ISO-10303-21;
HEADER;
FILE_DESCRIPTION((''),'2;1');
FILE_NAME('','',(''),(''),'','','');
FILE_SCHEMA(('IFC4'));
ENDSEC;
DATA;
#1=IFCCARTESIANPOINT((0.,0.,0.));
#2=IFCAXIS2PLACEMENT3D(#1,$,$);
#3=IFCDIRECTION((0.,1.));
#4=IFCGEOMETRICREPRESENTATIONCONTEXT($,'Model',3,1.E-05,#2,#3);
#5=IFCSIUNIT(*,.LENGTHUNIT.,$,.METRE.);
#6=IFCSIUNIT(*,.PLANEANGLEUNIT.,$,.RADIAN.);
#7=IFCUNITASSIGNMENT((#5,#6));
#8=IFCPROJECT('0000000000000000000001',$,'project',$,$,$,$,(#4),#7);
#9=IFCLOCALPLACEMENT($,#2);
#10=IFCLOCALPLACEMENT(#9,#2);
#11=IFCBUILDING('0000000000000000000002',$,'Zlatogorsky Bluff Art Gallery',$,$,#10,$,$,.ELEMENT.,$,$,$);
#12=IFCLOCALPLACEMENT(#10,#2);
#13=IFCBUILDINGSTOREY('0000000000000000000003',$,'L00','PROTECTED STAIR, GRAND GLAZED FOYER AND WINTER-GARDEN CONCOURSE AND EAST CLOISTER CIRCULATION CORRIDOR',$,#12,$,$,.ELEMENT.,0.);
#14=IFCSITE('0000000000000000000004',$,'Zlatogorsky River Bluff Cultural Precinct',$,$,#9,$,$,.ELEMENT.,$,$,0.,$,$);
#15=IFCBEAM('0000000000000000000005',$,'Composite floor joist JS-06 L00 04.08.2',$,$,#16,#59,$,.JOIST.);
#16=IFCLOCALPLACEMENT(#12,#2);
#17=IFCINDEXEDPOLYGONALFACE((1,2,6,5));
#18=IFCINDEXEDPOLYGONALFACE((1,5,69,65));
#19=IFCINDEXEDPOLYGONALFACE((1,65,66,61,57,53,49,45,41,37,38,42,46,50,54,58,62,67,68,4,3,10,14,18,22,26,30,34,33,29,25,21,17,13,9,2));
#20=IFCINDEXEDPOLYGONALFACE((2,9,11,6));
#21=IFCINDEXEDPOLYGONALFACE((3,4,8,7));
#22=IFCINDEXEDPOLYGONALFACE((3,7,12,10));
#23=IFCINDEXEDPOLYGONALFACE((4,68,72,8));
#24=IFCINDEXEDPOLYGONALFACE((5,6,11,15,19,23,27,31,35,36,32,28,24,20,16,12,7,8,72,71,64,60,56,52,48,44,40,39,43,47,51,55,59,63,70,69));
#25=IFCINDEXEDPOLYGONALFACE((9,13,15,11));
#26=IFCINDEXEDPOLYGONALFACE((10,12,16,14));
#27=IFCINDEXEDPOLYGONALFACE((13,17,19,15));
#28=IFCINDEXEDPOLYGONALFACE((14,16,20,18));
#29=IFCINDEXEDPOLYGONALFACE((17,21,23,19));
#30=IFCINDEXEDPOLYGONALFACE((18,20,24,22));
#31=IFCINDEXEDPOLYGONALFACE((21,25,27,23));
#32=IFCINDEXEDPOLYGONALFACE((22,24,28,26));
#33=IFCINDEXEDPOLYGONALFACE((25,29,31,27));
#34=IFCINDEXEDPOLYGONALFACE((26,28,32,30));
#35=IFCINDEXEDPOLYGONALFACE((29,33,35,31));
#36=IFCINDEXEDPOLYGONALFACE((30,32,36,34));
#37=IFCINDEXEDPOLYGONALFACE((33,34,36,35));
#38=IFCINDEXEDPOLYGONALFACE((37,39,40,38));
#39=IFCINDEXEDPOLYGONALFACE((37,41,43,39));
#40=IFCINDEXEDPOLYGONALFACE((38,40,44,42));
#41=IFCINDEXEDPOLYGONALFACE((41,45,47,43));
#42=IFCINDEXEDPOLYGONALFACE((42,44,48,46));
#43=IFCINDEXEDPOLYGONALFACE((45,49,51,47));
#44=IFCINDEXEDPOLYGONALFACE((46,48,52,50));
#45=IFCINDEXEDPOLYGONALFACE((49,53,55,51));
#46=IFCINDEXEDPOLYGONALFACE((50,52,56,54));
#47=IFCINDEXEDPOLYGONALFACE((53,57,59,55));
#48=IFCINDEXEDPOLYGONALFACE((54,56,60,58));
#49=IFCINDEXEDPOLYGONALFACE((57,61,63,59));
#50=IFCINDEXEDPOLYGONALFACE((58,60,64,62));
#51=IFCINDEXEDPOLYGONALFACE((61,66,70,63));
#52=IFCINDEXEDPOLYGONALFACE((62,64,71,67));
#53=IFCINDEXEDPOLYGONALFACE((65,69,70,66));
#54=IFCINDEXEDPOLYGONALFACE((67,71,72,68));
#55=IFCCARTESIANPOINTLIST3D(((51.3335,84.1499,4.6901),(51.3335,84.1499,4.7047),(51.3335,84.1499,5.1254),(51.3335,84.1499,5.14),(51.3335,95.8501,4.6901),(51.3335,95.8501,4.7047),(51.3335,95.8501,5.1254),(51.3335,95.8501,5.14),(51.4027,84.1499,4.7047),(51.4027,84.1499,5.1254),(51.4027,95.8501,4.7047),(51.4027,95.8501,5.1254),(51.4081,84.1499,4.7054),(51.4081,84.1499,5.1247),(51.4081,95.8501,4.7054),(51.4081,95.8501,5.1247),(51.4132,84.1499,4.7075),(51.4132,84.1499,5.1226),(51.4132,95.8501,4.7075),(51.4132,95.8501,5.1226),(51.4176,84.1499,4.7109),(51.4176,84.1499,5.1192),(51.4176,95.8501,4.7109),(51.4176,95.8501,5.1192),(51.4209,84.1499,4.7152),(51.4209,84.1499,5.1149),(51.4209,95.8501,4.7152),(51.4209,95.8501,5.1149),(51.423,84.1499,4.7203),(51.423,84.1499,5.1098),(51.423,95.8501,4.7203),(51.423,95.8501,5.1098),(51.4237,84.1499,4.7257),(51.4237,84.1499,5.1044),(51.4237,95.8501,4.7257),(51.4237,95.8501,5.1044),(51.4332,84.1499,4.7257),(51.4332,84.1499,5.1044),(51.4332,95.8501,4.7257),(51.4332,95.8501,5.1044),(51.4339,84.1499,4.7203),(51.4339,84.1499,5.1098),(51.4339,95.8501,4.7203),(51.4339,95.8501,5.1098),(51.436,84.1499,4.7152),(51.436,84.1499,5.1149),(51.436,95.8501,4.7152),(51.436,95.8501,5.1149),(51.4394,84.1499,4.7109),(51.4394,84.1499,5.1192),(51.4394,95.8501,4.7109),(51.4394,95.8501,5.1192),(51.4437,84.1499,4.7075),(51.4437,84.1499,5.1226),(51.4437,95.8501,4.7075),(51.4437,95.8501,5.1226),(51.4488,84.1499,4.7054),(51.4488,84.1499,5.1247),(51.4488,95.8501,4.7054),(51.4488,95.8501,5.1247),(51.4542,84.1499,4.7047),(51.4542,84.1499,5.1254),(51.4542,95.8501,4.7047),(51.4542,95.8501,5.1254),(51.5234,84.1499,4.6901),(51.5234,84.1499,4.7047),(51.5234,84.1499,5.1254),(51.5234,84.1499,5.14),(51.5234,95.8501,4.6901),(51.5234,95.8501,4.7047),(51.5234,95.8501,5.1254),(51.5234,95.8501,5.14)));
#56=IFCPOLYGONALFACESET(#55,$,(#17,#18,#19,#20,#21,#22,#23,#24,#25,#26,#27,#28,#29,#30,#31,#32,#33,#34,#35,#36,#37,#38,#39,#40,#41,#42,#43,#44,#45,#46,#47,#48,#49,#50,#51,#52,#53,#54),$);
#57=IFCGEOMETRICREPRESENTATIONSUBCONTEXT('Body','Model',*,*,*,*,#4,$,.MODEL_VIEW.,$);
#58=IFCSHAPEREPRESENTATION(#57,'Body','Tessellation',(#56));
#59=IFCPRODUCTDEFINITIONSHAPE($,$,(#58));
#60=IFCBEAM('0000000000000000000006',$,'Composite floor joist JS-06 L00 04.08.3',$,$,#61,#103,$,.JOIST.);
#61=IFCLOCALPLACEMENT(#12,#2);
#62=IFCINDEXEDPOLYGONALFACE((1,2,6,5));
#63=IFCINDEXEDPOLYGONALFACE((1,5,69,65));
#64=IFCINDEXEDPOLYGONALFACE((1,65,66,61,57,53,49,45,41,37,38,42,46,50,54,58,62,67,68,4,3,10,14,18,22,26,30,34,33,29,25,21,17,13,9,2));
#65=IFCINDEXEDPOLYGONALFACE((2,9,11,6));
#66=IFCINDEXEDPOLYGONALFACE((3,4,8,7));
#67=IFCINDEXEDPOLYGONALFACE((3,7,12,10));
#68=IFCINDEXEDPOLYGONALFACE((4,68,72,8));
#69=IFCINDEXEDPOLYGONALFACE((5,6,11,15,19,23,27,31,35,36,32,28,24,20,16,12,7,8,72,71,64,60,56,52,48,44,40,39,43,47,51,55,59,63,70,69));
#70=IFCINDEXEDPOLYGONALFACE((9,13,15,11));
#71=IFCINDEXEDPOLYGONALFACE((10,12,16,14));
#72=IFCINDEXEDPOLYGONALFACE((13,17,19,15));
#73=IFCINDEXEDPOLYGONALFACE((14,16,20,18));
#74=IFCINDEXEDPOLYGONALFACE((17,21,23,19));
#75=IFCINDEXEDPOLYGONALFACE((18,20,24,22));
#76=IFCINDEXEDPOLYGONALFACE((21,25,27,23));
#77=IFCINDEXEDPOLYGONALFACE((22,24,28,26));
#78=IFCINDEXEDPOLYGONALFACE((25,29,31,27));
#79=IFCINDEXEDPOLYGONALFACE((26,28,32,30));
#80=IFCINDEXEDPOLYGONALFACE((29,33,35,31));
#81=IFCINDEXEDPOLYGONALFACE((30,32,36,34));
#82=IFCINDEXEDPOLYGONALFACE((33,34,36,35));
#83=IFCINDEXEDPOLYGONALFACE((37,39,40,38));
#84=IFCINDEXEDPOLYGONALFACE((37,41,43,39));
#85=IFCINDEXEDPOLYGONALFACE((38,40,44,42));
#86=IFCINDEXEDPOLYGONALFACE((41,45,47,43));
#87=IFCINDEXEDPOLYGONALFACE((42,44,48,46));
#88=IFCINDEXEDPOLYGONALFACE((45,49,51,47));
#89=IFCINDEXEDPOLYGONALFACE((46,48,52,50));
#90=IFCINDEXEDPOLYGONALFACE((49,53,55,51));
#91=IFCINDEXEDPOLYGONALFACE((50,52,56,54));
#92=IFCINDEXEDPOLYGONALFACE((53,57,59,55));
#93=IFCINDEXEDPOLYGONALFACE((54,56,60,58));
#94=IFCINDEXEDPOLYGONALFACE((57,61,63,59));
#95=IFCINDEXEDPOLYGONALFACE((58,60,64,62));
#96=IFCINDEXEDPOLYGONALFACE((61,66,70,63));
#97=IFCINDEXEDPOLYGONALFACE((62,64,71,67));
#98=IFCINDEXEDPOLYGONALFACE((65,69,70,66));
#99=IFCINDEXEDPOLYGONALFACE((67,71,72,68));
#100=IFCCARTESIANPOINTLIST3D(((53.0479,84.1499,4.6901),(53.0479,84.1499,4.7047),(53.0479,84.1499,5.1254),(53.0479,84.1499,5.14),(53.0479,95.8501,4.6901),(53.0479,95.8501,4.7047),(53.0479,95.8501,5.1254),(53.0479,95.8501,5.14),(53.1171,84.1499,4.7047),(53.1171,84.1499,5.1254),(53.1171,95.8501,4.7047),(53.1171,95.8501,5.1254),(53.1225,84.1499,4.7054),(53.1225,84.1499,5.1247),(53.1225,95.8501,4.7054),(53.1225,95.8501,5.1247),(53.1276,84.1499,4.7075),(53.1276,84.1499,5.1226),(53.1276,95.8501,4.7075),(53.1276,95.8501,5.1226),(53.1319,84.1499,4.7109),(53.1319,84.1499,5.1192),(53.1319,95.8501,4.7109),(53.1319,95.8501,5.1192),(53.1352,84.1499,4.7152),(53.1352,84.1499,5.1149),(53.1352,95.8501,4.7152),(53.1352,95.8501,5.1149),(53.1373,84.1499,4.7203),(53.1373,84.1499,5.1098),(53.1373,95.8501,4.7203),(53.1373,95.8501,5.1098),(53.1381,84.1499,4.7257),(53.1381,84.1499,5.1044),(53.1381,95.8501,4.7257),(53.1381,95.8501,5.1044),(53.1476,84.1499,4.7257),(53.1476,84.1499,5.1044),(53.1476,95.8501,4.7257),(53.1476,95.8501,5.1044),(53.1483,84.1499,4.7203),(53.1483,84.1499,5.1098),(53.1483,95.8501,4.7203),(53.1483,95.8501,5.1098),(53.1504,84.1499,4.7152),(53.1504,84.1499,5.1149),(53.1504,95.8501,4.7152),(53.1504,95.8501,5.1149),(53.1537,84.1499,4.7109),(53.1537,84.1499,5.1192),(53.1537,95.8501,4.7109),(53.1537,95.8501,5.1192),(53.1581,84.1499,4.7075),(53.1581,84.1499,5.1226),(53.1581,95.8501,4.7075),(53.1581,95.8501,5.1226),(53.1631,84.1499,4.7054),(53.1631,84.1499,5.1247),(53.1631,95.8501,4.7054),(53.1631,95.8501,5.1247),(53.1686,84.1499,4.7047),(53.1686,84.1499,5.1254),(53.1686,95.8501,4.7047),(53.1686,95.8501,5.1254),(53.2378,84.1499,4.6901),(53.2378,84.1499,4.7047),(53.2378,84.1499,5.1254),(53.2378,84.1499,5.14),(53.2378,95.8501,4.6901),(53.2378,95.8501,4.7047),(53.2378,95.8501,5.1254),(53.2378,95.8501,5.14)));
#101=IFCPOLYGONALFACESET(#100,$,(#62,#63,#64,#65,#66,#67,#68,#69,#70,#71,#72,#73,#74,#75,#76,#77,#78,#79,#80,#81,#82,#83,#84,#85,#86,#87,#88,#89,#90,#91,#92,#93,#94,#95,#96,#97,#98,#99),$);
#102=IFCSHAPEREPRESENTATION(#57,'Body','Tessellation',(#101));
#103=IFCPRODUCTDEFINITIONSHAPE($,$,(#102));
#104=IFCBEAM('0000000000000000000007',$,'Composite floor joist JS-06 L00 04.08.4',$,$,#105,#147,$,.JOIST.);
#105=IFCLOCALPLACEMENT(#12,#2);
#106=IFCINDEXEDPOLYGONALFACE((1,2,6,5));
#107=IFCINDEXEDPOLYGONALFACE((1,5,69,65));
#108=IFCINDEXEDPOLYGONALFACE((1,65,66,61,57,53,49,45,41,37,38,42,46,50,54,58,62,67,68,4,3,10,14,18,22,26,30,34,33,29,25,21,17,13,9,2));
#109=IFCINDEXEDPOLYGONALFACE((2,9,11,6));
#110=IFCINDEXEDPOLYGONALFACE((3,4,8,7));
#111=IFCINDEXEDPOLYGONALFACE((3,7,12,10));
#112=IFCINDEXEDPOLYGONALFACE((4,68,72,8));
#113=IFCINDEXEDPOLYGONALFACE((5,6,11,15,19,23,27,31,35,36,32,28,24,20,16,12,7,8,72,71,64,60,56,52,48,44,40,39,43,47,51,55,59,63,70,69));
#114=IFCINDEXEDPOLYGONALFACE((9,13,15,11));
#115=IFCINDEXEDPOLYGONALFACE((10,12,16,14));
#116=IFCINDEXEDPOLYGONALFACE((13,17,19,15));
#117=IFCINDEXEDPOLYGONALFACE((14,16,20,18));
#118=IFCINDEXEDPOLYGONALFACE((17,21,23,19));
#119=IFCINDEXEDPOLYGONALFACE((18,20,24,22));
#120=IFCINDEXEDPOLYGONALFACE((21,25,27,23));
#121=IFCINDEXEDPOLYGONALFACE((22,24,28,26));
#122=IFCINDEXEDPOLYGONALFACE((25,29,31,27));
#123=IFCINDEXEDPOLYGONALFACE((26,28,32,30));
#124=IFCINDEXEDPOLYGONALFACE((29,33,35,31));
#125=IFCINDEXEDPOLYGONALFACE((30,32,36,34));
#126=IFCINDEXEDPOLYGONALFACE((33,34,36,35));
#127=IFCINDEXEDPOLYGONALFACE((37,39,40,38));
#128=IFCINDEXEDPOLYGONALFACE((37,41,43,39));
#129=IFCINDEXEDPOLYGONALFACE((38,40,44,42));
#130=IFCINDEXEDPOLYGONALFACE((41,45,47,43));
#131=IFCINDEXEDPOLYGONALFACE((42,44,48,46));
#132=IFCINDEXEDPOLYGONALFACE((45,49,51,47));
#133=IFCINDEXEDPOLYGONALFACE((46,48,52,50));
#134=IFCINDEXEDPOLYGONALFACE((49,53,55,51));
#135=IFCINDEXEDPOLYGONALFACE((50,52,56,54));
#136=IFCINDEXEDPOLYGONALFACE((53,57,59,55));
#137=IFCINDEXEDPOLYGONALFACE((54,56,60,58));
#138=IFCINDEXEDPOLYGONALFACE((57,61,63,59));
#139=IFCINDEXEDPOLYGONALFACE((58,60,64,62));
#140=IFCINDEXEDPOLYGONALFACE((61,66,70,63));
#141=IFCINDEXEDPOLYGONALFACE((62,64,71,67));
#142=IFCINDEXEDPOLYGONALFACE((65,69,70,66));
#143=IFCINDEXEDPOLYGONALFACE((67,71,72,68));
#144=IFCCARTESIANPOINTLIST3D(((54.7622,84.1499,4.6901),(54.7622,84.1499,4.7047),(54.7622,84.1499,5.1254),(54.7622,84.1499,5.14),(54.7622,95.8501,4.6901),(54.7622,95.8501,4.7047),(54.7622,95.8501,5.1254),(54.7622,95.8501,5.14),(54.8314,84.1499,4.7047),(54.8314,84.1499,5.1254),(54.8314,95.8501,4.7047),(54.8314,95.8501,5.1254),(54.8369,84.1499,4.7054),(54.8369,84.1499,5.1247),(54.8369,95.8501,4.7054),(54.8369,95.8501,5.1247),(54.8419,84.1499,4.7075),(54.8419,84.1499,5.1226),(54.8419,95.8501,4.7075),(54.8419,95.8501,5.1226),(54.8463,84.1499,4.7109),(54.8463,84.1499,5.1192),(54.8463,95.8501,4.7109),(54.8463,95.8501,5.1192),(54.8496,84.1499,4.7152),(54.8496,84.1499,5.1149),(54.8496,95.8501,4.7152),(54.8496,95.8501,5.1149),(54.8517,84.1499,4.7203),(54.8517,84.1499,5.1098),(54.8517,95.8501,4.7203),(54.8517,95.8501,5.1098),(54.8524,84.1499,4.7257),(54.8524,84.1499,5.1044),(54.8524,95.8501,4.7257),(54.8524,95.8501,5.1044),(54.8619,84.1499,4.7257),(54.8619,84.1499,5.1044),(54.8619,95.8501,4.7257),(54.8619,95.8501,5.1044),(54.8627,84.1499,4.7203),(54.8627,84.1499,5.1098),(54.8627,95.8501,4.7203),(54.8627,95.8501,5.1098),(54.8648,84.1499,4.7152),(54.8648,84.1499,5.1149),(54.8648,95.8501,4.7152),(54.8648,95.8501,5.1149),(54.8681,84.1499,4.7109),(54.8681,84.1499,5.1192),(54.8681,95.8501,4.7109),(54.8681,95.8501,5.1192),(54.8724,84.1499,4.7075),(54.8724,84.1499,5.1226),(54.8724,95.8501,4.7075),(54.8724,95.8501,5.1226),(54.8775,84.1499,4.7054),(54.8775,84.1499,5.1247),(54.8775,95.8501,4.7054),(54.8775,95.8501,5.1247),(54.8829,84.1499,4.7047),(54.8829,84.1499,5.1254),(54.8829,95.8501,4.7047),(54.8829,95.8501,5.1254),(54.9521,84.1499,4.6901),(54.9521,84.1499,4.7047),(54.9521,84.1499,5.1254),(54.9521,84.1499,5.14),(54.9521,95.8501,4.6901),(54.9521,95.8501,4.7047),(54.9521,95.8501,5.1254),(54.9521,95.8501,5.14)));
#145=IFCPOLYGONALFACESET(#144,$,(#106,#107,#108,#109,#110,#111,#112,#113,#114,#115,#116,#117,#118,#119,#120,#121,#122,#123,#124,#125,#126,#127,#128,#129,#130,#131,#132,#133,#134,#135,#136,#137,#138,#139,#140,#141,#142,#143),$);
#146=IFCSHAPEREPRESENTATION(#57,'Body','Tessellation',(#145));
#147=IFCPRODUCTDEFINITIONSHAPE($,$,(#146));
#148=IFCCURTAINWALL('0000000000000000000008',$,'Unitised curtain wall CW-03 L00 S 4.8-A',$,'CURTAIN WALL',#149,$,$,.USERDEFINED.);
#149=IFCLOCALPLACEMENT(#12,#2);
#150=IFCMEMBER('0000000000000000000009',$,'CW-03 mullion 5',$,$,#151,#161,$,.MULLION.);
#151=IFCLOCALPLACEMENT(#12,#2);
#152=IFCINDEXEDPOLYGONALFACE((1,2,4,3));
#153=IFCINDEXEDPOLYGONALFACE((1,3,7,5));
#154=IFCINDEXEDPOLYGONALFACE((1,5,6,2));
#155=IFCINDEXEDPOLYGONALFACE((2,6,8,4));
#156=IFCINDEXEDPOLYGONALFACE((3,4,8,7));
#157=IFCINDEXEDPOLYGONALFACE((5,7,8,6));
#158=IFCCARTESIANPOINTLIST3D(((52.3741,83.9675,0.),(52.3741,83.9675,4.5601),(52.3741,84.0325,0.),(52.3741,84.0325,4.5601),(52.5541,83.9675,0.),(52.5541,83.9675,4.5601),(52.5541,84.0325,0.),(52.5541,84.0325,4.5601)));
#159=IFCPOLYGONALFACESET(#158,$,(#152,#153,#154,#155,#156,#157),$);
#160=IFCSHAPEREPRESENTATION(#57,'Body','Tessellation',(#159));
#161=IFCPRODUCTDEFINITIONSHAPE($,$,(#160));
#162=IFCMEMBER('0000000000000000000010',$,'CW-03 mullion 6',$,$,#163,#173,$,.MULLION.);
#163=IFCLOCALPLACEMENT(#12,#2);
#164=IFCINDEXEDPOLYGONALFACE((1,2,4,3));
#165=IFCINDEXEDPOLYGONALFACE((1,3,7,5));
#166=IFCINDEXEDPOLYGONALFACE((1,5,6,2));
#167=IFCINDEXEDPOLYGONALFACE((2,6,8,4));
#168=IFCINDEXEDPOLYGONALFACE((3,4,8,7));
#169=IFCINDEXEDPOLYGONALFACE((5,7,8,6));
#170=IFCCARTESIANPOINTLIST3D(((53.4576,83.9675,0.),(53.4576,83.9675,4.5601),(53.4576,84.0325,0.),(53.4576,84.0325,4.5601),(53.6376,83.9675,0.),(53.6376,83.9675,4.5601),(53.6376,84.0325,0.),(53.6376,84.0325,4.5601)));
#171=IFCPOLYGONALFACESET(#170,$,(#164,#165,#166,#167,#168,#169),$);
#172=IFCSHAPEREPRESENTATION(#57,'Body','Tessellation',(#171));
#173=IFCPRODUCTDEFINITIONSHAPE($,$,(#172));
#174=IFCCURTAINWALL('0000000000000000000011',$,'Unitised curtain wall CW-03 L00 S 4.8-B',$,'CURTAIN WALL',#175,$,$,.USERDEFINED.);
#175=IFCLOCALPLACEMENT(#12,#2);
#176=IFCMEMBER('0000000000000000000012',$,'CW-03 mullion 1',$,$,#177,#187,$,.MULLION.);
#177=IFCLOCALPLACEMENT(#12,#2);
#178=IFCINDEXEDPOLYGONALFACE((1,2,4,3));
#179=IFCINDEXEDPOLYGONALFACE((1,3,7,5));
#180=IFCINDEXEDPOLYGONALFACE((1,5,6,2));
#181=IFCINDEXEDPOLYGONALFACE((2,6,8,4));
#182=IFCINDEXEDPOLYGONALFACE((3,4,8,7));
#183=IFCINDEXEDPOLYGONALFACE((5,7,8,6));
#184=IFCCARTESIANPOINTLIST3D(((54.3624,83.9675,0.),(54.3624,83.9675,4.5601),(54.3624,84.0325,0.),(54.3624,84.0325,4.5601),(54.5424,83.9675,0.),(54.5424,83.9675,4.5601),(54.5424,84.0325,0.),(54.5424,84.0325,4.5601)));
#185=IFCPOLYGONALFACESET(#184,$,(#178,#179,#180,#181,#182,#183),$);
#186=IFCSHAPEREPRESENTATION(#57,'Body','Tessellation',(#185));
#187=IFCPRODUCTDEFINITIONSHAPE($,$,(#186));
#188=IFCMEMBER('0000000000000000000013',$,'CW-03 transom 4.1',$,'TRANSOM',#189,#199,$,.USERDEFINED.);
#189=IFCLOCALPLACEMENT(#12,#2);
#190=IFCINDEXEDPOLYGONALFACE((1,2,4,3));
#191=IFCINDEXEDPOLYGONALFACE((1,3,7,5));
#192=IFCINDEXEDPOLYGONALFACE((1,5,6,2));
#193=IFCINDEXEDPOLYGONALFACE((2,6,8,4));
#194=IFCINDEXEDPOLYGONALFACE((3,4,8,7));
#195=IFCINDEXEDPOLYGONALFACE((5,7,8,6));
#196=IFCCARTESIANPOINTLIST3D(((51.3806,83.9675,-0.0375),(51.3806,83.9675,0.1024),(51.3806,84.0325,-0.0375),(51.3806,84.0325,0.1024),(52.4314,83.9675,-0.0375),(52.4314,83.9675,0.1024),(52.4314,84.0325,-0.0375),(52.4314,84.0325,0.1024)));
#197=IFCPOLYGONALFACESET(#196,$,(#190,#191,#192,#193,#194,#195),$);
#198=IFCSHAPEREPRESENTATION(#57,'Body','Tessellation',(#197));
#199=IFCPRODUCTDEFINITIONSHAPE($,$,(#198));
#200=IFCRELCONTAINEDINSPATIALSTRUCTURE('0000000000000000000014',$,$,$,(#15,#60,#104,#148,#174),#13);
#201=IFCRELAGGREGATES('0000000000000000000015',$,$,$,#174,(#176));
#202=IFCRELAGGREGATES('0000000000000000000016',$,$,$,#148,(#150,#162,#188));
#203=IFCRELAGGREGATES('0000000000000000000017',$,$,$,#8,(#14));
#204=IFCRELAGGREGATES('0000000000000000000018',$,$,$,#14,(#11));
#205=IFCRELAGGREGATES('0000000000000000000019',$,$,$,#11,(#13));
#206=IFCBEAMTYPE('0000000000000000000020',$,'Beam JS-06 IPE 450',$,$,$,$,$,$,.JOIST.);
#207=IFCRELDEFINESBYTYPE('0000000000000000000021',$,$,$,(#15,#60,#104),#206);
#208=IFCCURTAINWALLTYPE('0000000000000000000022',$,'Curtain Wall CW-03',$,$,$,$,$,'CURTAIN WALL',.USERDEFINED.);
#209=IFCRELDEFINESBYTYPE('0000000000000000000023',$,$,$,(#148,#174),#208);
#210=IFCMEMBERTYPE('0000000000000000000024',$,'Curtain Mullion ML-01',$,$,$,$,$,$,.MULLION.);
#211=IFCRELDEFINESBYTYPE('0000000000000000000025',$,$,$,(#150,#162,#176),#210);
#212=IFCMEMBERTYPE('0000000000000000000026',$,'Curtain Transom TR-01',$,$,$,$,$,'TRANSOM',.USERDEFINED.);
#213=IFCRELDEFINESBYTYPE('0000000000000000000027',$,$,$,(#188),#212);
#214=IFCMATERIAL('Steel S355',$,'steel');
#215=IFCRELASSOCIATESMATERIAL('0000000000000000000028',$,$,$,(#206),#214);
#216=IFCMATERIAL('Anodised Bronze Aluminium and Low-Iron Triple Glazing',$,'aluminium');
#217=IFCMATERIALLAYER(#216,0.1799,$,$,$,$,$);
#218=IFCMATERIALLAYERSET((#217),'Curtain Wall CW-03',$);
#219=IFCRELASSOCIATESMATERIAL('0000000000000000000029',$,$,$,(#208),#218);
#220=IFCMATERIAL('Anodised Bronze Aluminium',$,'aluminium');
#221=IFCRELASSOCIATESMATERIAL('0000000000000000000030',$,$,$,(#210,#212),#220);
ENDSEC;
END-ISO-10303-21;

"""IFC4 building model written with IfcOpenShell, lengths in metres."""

from ifc_helpers import new_model, si_unit, direction, frame, origin, origin_2d, place, context, subcontext, project, spatial, rectangle, i_section, extrude, material, layer, layer_set, material_profile, profile_set, type_object, element, aggregate, save


model = new_model("IFC4")

# Units and contexts
model_context = context("Model", 3, precision=1e-05, world=origin(), true_north=direction((0.0, 1.0)))
body_context = subcontext(model_context, "Body", "Model", "MODEL_VIEW")
ifc_project = project(units=[si_unit("LENGTHUNIT", "METRE"), si_unit("PLANEANGLEUNIT", "RADIAN")], contexts=[model_context])

# Site, building, storey
site_placement = place(None, origin())
site = spatial("IfcSite", under=ifc_project, at=site_placement, Name="Zlatogorsky River Bluff Cultural Precinct", CompositionType="ELEMENT", RefElevation=0.0)
building_placement = place(site_placement, origin())
building = spatial("IfcBuilding", under=site, at=building_placement, Name="Zlatogorsky Bluff Art Gallery", CompositionType="ELEMENT")
storey_placement = place(building_placement, origin())
storey = spatial("IfcBuildingStorey", under=building, at=storey_placement, Name="L00", Description="PROTECTED STAIR, GRAND GLAZED FOYER AND WINTER-GARDEN CONCOURSE AND EAST CLOISTER CIRCULATION CORRIDOR", CompositionType="ELEMENT", Elevation=0.0)

# Beams
ifc_material_1 = material(Name="Steel S355", Category="steel")
ifc_material_profile_1 = material_profile(ifc_material_1, i_section(OverallWidth=0.1899, OverallDepth=0.45, WebThickness=0.0095, FlangeThickness=0.0146, FilletRadius=0.021, at=origin_2d()), Name="IPE 450")
ifc_profile_set_1 = profile_set([ifc_material_profile_1], Name="Steel S355")
beam_type = type_object("IfcBeamType", Name="Beam JS-06 IPE 450", PredefinedType="JOIST", material=ifc_profile_set_1)
for number, where, z_axis, x_axis, name in (
    (1, (51.4285, 84.1499, 4.915), (0.0, 1.0, 0.0), (-1.0, 0.0, 0.0), "Composite floor joist JS-06 L00 04.08.2"),
    (2, (53.1428, 84.1499, 4.915), (0.0, 1.0, 0.0), (-1.0, 0.0, 0.0), "Composite floor joist JS-06 L00 04.08.3"),
    (3, (54.8572, 84.1499, 4.915), (0.0, 1.0, 0.0), (-1.0, 0.0, 0.0), "Composite floor joist JS-06 L00 04.08.4"),
):
    element("IfcBeam", number, at=place(storey_placement, frame(where, z_axis=z_axis, x_axis=x_axis)), inside=storey, type_object=beam_type, Name=name, PredefinedType="JOIST", context=body_context, shape_type="SweptSolid", body=[
        extrude(i_section(OverallWidth=0.1899, OverallDepth=0.45, WebThickness=0.0095, FlangeThickness=0.0146, FilletRadius=0.021, at=origin_2d()), origin(), (0.0, 0.0, 1.0), 11.7002),
    ])

# Curtain wall, members
ifc_material_2 = material(Name="Anodised Bronze Aluminium and Low-Iron Triple Glazing", Category="aluminium")
ifc_layer_1 = layer(ifc_material_2, 0.1799)
ifc_layer_set_1 = layer_set([ifc_layer_1], Name="Curtain Wall CW-03")
curtain_wall_type = type_object("IfcCurtainWallType", Name="Curtain Wall CW-03", ElementType="CURTAIN WALL", PredefinedType="USERDEFINED", material=ifc_layer_set_1)
curtain_wall_1_placement = place(storey_placement, origin())
curtain_wall_1 = element("IfcCurtainWall", 4, at=curtain_wall_1_placement, inside=storey, type_object=curtain_wall_type, Name="Unitised curtain wall CW-03 L00 S 4.8-A", ObjectType="CURTAIN WALL", PredefinedType="USERDEFINED")
ifc_material_3 = material(Name="Anodised Bronze Aluminium", Category="aluminium")
ifc_material_profile_2 = material_profile(ifc_material_3, rectangle(XDim=0.0649, YDim=0.1799, at=origin_2d()), Name="ALU MULLION 65x180")
ifc_profile_set_2 = profile_set([ifc_material_profile_2], Name="Anodised Bronze Aluminium")
member_type_1 = type_object("IfcMemberType", Name="Curtain Mullion ML-01", PredefinedType="MULLION", material=ifc_profile_set_2)
member_1_placement = place(storey_placement, frame((52.4641, 84.0, 0.0), z_axis=(0.0, 0.0, 1.0), x_axis=(0.0, 1.0, 0.0)))
member_1 = element("IfcMember", 5, at=member_1_placement, type_object=member_type_1, Name="CW-03 mullion 5", PredefinedType="MULLION", context=body_context, shape_type="SweptSolid", body=[
    extrude(rectangle(XDim=0.0649, YDim=0.1799, at=origin_2d()), origin(), (0.0, 0.0, 1.0), 4.5601),
])
member_2_placement = place(storey_placement, frame((53.5476, 84.0, 0.0), z_axis=(0.0, 0.0, 1.0), x_axis=(0.0, 1.0, 0.0)))
member_2 = element("IfcMember", 6, at=member_2_placement, type_object=member_type_1, Name="CW-03 mullion 6", PredefinedType="MULLION", context=body_context, shape_type="SweptSolid", body=[
    extrude(rectangle(XDim=0.0649, YDim=0.1799, at=origin_2d()), origin(), (0.0, 0.0, 1.0), 4.5601),
])

# Curtain wall, member
curtain_wall_2_placement = place(storey_placement, origin())
curtain_wall_2 = element("IfcCurtainWall", 7, at=curtain_wall_2_placement, inside=storey, type_object=curtain_wall_type, Name="Unitised curtain wall CW-03 L00 S 4.8-B", ObjectType="CURTAIN WALL", PredefinedType="USERDEFINED")
member_3_placement = place(storey_placement, frame((54.4524, 84.0, 0.0), z_axis=(0.0, 0.0, 1.0), x_axis=(0.0, 1.0, 0.0)))
member_3 = element("IfcMember", 8, at=member_3_placement, type_object=member_type_1, Name="CW-03 mullion 1", PredefinedType="MULLION", context=body_context, shape_type="SweptSolid", body=[
    extrude(rectangle(XDim=0.0649, YDim=0.1799, at=origin_2d()), origin(), (0.0, 0.0, 1.0), 4.5601),
])

# Member
ifc_material_profile_3 = material_profile(ifc_material_3, rectangle(XDim=0.0649, YDim=0.1399, at=origin_2d()), Name="ALU TRANSOM 65x140")
ifc_profile_set_3 = profile_set([ifc_material_profile_3], Name="Anodised Bronze Aluminium")
member_type_2 = type_object("IfcMemberType", Name="Curtain Transom TR-01", ElementType="TRANSOM", PredefinedType="USERDEFINED", material=ifc_profile_set_3)
member_4_placement = place(storey_placement, frame((51.3806, 84.0, 0.0325), z_axis=(1.0, 0.0, 0.0), x_axis=(0.0, 1.0, 0.0)))
member_4 = element("IfcMember", 9, at=member_4_placement, type_object=member_type_2, Name="CW-03 transom 4.1", ObjectType="TRANSOM", PredefinedType="USERDEFINED", context=body_context, shape_type="SweptSolid", body=[
    extrude(rectangle(XDim=0.0649, YDim=0.1399, at=origin_2d()), origin(), (0.0, 0.0, 1.0), 1.0508),
])
aggregate(curtain_wall_2, [member_3])

aggregate(curtain_wall_1, [member_1, member_2, member_4])

save(model, "model.ifc")
